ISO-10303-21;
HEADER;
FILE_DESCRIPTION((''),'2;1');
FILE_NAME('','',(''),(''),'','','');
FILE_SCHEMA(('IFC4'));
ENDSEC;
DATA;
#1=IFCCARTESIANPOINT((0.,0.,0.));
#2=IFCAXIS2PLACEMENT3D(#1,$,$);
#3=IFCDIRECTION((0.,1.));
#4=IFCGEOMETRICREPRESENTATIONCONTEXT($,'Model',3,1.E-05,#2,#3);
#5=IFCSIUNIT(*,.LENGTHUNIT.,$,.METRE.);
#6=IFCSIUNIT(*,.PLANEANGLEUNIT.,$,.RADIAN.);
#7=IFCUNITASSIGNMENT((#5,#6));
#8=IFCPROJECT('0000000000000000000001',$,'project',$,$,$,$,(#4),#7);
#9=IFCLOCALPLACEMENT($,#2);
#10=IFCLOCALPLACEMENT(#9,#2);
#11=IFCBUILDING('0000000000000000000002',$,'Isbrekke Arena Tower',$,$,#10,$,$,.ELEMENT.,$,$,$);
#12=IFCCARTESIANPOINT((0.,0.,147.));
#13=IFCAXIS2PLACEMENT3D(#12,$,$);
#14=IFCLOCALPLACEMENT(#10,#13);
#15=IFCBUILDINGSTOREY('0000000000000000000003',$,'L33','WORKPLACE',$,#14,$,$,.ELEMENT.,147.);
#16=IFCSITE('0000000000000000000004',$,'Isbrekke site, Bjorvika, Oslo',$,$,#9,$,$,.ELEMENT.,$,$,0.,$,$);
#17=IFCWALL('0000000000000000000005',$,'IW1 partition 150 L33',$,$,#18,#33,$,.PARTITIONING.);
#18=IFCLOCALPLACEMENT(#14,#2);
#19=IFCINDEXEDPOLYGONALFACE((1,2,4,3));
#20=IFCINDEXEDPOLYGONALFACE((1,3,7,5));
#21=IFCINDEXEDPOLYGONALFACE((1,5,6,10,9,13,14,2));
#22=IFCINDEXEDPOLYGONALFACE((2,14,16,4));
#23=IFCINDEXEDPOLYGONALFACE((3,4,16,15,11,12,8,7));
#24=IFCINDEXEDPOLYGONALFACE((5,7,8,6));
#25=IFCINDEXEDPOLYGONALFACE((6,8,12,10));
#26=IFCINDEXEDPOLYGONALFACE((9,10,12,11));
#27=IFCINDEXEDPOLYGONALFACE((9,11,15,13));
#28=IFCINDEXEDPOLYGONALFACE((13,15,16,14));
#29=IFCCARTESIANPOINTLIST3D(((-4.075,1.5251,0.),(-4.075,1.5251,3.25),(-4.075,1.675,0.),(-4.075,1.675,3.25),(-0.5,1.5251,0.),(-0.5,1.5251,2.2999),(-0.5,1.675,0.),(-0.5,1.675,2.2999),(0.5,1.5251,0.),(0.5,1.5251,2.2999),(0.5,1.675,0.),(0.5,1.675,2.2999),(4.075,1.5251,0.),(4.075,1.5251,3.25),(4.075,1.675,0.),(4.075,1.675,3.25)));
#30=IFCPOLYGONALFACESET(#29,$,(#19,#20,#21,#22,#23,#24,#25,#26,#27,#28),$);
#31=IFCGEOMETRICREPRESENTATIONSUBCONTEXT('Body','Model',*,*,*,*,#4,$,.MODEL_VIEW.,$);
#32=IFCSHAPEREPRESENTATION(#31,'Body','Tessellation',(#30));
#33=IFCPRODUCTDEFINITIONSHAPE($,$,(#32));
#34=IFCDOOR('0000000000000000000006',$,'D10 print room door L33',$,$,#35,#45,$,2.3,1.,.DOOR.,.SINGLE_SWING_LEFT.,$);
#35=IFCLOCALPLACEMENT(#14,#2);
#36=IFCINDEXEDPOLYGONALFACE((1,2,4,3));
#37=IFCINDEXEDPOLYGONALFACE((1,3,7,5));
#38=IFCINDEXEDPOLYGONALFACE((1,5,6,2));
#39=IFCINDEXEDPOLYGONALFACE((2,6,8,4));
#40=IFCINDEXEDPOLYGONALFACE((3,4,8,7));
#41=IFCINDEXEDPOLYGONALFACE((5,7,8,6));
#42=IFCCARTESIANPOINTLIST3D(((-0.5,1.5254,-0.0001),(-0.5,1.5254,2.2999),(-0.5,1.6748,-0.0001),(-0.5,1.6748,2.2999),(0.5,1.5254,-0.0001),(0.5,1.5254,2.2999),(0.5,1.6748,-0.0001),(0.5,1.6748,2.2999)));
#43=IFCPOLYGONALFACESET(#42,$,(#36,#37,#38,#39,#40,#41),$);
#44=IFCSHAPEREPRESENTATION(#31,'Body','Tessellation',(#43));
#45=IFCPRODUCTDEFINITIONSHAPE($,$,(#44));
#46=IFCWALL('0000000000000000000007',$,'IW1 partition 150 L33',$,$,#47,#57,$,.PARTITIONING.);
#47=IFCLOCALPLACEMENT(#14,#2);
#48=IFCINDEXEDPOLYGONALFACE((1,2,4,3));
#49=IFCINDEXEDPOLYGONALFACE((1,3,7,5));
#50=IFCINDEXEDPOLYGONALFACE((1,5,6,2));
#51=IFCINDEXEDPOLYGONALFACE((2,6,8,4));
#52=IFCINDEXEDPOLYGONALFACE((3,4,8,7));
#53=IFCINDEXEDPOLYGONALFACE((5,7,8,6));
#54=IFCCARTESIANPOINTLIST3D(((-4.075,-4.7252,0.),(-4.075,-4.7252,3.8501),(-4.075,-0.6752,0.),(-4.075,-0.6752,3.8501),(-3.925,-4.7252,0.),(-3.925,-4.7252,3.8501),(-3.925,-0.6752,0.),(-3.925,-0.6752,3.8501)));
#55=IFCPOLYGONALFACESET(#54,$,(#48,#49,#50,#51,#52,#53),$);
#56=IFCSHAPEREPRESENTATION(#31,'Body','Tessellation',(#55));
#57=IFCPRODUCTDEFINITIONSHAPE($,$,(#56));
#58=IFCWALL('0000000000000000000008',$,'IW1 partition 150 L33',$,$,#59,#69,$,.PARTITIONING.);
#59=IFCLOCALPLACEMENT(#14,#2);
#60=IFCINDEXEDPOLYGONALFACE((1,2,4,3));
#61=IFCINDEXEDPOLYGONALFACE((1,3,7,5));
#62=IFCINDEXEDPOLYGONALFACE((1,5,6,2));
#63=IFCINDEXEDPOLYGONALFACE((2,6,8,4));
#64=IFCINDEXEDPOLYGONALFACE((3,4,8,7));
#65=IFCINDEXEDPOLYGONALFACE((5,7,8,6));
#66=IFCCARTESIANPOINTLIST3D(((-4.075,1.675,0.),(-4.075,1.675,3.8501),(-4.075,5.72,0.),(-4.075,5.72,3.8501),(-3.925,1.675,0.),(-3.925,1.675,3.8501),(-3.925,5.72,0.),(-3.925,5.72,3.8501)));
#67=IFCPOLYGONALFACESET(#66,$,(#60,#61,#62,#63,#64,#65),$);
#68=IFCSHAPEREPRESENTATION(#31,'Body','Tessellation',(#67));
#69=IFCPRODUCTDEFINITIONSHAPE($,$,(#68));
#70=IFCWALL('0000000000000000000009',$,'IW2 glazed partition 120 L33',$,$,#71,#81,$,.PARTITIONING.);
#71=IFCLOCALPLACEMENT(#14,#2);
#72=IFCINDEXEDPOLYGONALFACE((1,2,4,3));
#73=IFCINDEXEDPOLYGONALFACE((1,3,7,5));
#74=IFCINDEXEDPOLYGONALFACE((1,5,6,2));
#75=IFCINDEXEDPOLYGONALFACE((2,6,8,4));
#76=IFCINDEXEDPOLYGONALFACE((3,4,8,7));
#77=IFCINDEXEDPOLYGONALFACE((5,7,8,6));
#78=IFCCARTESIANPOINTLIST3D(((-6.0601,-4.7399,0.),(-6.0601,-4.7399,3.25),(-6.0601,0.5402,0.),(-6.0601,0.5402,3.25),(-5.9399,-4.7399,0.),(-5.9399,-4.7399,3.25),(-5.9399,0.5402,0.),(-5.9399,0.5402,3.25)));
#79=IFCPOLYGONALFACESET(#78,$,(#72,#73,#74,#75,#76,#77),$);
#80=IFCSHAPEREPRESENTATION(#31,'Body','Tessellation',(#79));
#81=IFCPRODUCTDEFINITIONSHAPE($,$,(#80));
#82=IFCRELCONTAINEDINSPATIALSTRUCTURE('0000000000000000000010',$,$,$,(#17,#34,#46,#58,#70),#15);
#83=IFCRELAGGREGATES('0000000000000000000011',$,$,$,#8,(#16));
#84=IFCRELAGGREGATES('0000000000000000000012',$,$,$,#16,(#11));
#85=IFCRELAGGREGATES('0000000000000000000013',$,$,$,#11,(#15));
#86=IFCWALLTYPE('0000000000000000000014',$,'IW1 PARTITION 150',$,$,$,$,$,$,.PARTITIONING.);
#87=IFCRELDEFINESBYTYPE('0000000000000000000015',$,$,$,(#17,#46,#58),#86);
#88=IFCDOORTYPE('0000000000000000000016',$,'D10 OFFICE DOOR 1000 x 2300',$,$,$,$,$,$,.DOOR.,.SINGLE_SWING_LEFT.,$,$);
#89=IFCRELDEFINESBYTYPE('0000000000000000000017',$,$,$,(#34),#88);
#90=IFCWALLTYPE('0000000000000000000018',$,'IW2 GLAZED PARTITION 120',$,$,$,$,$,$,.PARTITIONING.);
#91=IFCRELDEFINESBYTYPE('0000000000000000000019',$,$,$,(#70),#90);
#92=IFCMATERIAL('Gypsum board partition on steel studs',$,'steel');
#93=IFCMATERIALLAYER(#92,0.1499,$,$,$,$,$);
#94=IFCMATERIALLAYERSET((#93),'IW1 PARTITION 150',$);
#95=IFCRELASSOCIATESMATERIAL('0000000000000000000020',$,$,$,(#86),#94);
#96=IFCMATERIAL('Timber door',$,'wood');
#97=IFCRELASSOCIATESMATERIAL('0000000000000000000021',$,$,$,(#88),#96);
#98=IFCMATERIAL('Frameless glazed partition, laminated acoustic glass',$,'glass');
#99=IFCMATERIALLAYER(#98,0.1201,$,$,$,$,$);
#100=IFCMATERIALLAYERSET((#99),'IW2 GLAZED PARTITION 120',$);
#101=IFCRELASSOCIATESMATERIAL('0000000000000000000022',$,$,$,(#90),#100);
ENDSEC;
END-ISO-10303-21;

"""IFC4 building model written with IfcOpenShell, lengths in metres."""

from ifc_helpers import new_model, si_unit, direction, frame, frame_2d, origin, place, context, subcontext, project, spatial, rectangle, extrude, material, layer, layer_set, type_object, element, fill, save


model = new_model("IFC4")

# Units and contexts
model_context = context("Model", 3, precision=1e-05, world=origin(), true_north=direction((0.0, 1.0)))
body_context = subcontext(model_context, "Body", "Model", "MODEL_VIEW")
ifc_project = project(units=[si_unit("LENGTHUNIT", "METRE"), si_unit("PLANEANGLEUNIT", "RADIAN")], contexts=[model_context])

# Site, building, storey
site_placement = place(None, origin())
site = spatial("IfcSite", under=ifc_project, at=site_placement, Name="Isbrekke site, Bjorvika, Oslo", CompositionType="ELEMENT", RefElevation=0.0)
building_placement = place(site_placement, origin())
building = spatial("IfcBuilding", under=site, at=building_placement, Name="Isbrekke Arena Tower", CompositionType="ELEMENT")
storey_placement = place(building_placement, frame((0.0, 0.0, 147.0)))
storey = spatial("IfcBuildingStorey", under=building, at=storey_placement, Name="L33", Description="WORKPLACE", CompositionType="ELEMENT", Elevation=147.0)

# Shared definitions
ifc_material_1 = material(Name="Gypsum board partition on steel studs", Category="steel")
ifc_layer_1 = layer(ifc_material_1, 0.1499)
ifc_layer_set_1 = layer_set([ifc_layer_1], Name="IW1 PARTITION 150")
wall_type_1 = type_object("IfcWallType", Name="IW1 PARTITION 150", PredefinedType="PARTITIONING", material=ifc_layer_set_1)

# Wall, opening, door
ifc_material_2 = material(Name="Timber door", Category="wood")
door_type = type_object("IfcDoorType", Name="D10 OFFICE DOOR 1000 x 2300", OperationType="SINGLE_SWING_LEFT", PredefinedType="DOOR", material=ifc_material_2)
wall_1_placement = place(storey_placement, frame((-4.075, 1.6001, 0.0), z_axis=(0.0, 0.0, 1.0), x_axis=(1.0, 0.0, 0.0)))
wall_1 = element("IfcWall", 1, at=wall_1_placement, inside=storey, type_object=wall_type_1, Name="IW1 partition 150 L33", PredefinedType="PARTITIONING", context=body_context, shape_type="SweptSolid", body=[
    extrude(rectangle(XDim=8.1499, YDim=0.1499, at=frame_2d((4.075, 0.0))), origin(), (0.0, 0.0, 1.0), 3.25),
])
opening_1_placement = place(wall_1_placement, frame((3.575, 0.0, 0.0)))
opening_1 = element("IfcOpeningElement", 2, at=opening_1_placement, cuts=wall_1, PredefinedType="OPENING", context=body_context, shape_type="SweptSolid", body=[
    extrude(rectangle(XDim=1.0, YDim=2.3, at=frame_2d((0.5, 1.1499))), frame((0.0, 0.0898, 0.0), z_axis=(0.0, -1.0, 0.0), x_axis=(1.0, 0.0, 0.0)), (0.0, 0.0, 1.0), 0.1797),
])
door_1_placement = place(opening_1_placement, origin())
door_1 = element("IfcDoor", 3, at=door_1_placement, inside=storey, type_object=door_type, Name="D10 print room door L33", OperationType="SINGLE_SWING_LEFT", OverallHeight=2.3, OverallWidth=1.0, PredefinedType="DOOR", context=body_context, shape_type="SweptSolid", body=[
    extrude(rectangle(XDim=1.0, YDim=2.3, at=frame_2d((0.5, 1.1499))), frame((0.0, 0.0747, 0.0), z_axis=(0.0, -1.0, 0.0), x_axis=(1.0, 0.0, 0.0)), (0.0, 0.0, 1.0), 0.1494),
])
fill(opening_1, door_1)

# Walls
wall_2_placement = place(storey_placement, frame((-4.0, -4.7251, 0.0), z_axis=(0.0, 0.0, 1.0), x_axis=(0.0, 1.0, 0.0)))
element("IfcWall", 4, at=wall_2_placement, inside=storey, type_object=wall_type_1, Name="IW1 partition 150 L33", PredefinedType="PARTITIONING", context=body_context, shape_type="SweptSolid", body=[
    extrude(rectangle(XDim=4.05, YDim=0.1499, at=frame_2d((2.0249, 0.0))), origin(), (0.0, 0.0, 1.0), 3.8501),
])
wall_3_placement = place(storey_placement, frame((-4.0, 1.675, 0.0), z_axis=(0.0, 0.0, 1.0), x_axis=(0.0, 1.0, 0.0)))
element("IfcWall", 5, at=wall_3_placement, inside=storey, type_object=wall_type_1, Name="IW1 partition 150 L33", PredefinedType="PARTITIONING", context=body_context, shape_type="SweptSolid", body=[
    extrude(rectangle(XDim=4.0449, YDim=0.1499, at=frame_2d((2.0225, 0.0))), origin(), (0.0, 0.0, 1.0), 3.8501),
])
ifc_material_3 = material(Name="Frameless glazed partition, laminated acoustic glass", Category="glass")
ifc_layer_2 = layer(ifc_material_3, 0.1201)
ifc_layer_set_2 = layer_set([ifc_layer_2], Name="IW2 GLAZED PARTITION 120")
wall_type_2 = type_object("IfcWallType", Name="IW2 GLAZED PARTITION 120", PredefinedType="PARTITIONING", material=ifc_layer_set_2)
wall_4_placement = place(storey_placement, frame((-6.0, -4.74, 0.0), z_axis=(0.0, 0.0, 1.0), x_axis=(0.0, 1.0, 0.0)))
element("IfcWall", 6, at=wall_4_placement, inside=storey, type_object=wall_type_2, Name="IW2 glazed partition 120 L33", PredefinedType="PARTITIONING", context=body_context, shape_type="SweptSolid", body=[
    extrude(rectangle(XDim=5.28, YDim=0.1201, at=frame_2d((2.6401, 0.0))), origin(), (0.0, 0.0, 1.0), 3.25),
])

save(model, "model.ifc")
